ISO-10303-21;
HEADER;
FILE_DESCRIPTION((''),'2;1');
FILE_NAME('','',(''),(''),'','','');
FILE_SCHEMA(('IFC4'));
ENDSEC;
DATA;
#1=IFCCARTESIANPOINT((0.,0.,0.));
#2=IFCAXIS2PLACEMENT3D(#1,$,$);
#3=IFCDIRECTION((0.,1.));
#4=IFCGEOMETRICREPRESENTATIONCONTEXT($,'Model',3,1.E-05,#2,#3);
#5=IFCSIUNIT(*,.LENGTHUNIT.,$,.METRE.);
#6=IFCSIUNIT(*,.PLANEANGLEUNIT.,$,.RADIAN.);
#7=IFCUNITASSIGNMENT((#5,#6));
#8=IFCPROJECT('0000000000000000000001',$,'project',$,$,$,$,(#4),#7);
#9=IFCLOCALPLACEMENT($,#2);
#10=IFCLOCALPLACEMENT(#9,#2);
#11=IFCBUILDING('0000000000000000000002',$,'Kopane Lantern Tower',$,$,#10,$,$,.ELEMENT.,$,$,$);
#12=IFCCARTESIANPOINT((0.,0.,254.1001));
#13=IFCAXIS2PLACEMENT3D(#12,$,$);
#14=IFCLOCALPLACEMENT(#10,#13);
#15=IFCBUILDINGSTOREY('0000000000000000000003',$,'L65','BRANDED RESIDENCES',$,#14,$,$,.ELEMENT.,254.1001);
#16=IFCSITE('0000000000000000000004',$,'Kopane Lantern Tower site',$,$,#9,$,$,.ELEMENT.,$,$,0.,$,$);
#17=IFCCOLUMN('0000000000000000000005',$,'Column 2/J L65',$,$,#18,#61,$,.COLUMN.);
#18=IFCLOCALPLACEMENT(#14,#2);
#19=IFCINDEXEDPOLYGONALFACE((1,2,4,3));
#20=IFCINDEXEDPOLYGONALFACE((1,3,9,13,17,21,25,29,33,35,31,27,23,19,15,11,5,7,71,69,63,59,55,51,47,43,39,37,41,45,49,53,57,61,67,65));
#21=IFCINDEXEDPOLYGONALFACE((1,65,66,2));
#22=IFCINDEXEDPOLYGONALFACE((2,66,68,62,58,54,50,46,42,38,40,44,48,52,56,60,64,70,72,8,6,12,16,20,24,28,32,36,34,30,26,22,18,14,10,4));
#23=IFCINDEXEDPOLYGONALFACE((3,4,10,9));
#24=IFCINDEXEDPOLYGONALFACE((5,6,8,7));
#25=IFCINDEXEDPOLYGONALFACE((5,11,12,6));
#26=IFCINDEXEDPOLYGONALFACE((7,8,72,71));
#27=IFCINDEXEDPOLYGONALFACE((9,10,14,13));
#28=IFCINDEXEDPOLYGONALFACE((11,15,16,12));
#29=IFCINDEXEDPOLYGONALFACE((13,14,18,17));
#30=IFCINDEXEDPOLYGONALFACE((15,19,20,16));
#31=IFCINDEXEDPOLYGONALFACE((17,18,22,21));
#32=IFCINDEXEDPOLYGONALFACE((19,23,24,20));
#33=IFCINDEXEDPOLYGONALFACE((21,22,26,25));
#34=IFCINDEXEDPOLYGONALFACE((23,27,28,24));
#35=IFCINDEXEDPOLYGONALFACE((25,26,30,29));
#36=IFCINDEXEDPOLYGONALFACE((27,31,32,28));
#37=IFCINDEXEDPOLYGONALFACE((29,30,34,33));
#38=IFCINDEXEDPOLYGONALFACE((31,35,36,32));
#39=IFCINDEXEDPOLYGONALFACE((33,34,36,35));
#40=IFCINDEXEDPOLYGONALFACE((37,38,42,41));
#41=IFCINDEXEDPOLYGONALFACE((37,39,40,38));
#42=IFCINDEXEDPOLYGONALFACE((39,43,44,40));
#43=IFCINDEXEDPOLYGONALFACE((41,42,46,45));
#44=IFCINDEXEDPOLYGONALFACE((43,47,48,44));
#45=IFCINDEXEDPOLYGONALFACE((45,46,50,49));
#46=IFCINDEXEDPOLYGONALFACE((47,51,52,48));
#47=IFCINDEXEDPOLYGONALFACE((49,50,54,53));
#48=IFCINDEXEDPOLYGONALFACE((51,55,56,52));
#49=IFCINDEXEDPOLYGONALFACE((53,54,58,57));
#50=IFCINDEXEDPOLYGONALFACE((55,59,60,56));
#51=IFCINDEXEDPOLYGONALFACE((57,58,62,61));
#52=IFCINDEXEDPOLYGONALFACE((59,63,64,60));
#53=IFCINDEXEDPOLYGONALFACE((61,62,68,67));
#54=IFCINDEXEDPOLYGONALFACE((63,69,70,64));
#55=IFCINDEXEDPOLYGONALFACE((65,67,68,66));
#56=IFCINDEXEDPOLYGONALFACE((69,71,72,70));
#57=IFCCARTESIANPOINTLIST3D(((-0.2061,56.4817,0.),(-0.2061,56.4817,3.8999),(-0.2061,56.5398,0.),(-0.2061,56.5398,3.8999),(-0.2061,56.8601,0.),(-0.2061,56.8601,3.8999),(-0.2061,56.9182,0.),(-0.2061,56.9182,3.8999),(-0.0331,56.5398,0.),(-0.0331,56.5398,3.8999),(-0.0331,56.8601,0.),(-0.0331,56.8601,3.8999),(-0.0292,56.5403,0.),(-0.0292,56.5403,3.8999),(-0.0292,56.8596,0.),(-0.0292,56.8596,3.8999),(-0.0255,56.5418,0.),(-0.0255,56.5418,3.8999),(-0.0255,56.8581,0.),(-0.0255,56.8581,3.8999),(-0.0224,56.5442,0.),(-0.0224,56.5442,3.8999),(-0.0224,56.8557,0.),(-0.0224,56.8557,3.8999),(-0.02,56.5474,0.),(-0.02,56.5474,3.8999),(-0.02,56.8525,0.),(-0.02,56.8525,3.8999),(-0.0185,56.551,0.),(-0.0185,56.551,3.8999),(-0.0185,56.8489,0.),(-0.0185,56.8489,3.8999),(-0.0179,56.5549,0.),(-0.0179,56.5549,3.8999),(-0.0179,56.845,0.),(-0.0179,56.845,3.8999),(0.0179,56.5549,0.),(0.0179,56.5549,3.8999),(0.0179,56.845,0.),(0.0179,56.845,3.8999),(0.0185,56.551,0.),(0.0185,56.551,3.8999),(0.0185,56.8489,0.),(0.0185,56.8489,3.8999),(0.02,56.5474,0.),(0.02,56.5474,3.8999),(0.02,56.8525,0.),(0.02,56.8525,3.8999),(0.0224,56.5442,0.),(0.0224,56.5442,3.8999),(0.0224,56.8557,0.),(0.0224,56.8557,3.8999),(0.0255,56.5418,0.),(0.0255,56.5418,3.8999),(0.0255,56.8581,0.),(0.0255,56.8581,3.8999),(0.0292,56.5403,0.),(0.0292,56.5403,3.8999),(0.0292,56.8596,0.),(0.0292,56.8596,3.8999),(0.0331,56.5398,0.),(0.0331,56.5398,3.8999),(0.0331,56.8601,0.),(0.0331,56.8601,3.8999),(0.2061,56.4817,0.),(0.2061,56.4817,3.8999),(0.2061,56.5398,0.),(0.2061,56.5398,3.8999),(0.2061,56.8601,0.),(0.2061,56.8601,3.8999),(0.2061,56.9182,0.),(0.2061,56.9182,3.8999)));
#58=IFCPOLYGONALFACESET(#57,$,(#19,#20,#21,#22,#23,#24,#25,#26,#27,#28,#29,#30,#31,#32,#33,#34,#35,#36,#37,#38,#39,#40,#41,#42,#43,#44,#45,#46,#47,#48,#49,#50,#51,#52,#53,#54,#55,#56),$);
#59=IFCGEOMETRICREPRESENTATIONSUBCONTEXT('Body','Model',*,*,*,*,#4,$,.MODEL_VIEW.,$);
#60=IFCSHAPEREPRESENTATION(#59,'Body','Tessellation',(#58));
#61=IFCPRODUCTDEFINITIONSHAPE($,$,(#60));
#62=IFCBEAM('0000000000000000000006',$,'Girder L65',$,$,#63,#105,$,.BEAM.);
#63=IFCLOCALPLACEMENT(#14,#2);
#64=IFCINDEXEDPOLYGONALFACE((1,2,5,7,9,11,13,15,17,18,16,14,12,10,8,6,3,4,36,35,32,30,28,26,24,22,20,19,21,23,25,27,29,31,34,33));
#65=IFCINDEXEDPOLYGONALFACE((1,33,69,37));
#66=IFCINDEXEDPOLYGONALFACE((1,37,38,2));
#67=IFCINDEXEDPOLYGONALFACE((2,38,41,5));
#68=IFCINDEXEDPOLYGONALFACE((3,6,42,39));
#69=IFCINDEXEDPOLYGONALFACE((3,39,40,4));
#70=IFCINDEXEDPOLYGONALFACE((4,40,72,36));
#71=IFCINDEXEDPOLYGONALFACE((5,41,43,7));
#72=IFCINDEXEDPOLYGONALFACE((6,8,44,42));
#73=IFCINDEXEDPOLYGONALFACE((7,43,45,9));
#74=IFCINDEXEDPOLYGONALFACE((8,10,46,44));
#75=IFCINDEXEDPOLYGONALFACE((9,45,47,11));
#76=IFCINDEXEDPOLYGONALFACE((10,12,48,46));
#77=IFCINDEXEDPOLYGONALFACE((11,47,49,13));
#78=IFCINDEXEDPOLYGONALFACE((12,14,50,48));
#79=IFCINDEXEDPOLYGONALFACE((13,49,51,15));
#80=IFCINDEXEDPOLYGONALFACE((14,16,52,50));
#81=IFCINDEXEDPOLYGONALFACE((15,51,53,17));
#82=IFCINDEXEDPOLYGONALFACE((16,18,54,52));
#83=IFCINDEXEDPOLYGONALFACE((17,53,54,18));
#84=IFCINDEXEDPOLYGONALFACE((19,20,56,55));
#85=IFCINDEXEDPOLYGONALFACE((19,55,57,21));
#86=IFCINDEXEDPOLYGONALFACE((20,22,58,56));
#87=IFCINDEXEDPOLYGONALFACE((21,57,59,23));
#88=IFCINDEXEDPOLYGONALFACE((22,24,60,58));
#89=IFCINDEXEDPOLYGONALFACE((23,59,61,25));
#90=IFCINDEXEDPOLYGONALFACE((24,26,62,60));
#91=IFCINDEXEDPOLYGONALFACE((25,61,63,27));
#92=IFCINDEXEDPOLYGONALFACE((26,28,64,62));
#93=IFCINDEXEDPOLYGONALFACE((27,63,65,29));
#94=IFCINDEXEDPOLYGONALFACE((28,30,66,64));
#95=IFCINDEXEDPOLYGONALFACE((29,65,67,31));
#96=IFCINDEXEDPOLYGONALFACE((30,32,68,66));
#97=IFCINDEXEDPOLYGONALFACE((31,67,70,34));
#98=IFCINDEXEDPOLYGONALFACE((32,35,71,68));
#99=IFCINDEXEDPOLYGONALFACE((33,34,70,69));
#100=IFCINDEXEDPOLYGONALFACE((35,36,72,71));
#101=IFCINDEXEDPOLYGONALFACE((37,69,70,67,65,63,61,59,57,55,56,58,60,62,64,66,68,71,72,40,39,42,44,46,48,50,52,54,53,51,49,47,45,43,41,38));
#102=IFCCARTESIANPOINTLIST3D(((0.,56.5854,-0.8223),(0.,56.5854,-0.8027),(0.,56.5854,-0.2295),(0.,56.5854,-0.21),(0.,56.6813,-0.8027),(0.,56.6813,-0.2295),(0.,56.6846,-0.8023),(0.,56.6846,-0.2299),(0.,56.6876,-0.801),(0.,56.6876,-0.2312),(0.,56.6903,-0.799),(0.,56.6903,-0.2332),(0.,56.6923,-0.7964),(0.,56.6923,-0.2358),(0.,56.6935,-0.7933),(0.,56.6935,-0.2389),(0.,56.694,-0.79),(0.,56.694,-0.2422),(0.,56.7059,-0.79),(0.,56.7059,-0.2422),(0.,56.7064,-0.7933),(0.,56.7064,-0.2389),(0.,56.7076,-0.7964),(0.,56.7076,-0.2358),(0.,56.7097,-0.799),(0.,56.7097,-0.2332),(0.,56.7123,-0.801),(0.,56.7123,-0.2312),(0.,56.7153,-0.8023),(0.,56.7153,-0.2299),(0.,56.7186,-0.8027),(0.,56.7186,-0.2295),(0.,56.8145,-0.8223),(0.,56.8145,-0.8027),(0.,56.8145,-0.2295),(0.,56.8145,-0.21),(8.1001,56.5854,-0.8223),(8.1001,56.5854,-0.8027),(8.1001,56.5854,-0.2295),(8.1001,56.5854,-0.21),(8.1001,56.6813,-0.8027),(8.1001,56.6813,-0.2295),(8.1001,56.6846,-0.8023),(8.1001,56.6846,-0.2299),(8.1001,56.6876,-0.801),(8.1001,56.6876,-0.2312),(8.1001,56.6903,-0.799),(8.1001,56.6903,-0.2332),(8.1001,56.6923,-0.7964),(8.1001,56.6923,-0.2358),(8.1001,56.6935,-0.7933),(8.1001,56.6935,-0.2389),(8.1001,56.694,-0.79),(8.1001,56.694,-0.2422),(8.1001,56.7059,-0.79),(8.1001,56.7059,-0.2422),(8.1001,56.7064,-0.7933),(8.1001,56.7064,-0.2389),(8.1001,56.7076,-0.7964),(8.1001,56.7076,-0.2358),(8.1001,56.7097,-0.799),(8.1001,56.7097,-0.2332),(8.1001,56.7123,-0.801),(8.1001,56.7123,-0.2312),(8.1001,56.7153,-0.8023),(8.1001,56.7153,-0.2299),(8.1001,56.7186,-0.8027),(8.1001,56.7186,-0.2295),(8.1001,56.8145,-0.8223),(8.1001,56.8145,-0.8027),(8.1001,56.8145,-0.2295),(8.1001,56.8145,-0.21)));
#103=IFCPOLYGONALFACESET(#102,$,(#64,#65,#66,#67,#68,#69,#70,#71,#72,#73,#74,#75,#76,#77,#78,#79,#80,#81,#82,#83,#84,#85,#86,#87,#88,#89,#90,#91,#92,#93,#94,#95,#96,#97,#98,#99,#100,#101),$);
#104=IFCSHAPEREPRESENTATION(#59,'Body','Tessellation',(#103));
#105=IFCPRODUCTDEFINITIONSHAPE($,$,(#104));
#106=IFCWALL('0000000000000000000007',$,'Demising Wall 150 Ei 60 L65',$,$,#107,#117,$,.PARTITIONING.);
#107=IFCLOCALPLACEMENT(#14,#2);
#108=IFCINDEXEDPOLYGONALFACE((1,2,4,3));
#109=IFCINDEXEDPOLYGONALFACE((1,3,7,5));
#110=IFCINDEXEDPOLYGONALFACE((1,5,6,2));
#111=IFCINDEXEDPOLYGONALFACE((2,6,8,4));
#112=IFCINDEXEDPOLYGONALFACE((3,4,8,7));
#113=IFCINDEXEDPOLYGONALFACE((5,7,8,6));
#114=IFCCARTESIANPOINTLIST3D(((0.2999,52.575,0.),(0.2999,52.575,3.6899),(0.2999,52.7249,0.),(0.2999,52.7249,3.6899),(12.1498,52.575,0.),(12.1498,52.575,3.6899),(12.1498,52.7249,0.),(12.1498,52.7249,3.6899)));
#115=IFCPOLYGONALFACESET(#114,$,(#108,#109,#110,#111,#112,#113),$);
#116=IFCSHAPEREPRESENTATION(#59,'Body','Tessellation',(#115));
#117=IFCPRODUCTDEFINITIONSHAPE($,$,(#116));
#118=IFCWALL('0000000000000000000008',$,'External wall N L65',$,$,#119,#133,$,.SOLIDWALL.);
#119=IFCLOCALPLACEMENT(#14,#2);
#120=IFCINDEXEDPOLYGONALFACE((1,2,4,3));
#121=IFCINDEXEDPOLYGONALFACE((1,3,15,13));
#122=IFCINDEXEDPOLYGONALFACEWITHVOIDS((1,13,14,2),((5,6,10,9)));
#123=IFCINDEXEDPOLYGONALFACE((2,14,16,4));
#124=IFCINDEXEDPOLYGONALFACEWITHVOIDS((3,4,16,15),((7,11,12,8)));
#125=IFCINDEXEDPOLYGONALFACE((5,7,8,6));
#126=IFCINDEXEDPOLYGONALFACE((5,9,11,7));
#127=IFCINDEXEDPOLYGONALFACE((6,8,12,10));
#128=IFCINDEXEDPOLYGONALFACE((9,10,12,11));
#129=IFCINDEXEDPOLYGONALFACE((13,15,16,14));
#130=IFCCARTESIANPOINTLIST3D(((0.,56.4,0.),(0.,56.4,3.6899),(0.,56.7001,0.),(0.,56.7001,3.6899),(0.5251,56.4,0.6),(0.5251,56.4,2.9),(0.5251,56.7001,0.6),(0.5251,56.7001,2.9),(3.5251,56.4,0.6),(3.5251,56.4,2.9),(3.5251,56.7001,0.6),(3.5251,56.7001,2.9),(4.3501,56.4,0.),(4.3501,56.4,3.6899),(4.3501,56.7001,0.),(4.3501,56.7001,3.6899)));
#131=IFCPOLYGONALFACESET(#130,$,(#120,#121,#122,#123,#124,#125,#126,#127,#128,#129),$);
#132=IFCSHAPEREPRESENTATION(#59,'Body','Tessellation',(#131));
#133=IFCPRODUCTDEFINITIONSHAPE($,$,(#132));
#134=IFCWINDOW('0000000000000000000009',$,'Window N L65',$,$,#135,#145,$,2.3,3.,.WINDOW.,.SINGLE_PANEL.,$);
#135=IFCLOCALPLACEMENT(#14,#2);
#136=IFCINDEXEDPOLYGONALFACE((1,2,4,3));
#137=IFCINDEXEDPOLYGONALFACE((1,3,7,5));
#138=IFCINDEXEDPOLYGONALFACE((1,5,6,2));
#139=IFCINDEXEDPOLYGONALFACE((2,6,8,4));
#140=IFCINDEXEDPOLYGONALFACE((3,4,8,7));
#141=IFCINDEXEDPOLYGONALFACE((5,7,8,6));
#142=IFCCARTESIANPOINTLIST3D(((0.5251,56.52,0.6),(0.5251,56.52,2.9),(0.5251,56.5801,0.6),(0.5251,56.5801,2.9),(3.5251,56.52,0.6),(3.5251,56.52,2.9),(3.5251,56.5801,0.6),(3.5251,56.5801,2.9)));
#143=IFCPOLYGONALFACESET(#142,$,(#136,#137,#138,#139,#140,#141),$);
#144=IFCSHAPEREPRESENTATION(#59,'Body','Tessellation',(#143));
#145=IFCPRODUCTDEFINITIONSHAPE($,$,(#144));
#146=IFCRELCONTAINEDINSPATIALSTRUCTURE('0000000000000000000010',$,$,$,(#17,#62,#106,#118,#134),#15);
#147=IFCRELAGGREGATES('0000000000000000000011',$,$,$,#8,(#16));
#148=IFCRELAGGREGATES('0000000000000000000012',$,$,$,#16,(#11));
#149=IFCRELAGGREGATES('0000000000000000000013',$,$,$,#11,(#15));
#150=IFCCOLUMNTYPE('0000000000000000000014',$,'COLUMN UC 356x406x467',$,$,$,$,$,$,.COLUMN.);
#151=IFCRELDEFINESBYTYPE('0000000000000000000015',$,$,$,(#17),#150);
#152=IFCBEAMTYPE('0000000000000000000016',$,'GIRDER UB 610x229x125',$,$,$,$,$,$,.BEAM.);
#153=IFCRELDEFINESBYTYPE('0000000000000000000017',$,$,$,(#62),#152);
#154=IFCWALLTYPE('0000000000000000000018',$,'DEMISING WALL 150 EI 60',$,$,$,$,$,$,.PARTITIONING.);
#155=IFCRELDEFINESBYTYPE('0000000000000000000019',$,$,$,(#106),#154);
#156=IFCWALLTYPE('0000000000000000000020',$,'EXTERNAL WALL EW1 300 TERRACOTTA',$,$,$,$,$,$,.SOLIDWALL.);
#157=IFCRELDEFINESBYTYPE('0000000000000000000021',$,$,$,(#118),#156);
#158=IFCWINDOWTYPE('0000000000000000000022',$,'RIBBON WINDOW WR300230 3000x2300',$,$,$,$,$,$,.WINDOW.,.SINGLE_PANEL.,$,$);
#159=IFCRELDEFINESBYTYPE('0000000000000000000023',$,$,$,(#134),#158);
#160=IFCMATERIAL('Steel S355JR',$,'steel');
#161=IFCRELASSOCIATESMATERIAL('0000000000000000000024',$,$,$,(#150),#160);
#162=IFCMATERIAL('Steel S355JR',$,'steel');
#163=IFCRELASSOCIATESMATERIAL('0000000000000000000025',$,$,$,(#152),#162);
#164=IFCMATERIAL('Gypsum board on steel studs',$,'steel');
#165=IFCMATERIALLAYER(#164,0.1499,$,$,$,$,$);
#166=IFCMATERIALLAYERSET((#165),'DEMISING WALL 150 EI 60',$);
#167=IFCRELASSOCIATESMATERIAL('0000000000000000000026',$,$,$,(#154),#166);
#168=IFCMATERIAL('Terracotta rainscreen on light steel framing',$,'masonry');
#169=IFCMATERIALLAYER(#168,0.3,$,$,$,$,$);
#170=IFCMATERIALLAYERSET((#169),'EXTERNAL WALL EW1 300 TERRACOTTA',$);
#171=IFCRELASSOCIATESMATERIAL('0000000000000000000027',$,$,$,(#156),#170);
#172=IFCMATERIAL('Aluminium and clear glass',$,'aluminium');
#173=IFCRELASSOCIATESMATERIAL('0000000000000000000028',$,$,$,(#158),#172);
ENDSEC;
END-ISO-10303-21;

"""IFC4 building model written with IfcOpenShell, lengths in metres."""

from ifc_helpers import new_model, si_unit, direction, frame, frame_2d, origin, origin_2d, place, context, subcontext, project, spatial, rectangle, i_section, extrude, material, layer, layer_set, material_profile, profile_set, type_object, element, fill, save


model = new_model("IFC4")

# Units and contexts
model_context = context("Model", 3, precision=1e-05, world=origin(), true_north=direction((0.0, 1.0)))
body_context = subcontext(model_context, "Body", "Model", "MODEL_VIEW")
ifc_project = project(units=[si_unit("LENGTHUNIT", "METRE"), si_unit("PLANEANGLEUNIT", "RADIAN")], contexts=[model_context])

# Site, building, storey
site_placement = place(None, origin())
site = spatial("IfcSite", under=ifc_project, at=site_placement, Name="Kopane Lantern Tower site", CompositionType="ELEMENT", RefElevation=0.0)
building_placement = place(site_placement, origin())
building = spatial("IfcBuilding", under=site, at=building_placement, Name="Kopane Lantern Tower", CompositionType="ELEMENT")
storey_placement = place(building_placement, frame((0.0, 0.0, 254.1001)))
storey = spatial("IfcBuildingStorey", under=building, at=storey_placement, Name="L65", Description="BRANDED RESIDENCES", CompositionType="ELEMENT", Elevation=254.1001)

# Column
ifc_material_1 = material(Name="Steel S355JR", Category="steel")
ifc_material_profile_1 = material_profile(ifc_material_1, i_section(OverallWidth=0.4121, OverallDepth=0.4365, WebThickness=0.0359, FlangeThickness=0.0581, FilletRadius=0.0151, at=origin_2d()), Name="UC 356x406x467")
ifc_profile_set_1 = profile_set([ifc_material_profile_1], Name="Steel S355JR")
column_type = type_object("IfcColumnType", Name="COLUMN UC 356x406x467", PredefinedType="COLUMN", material=ifc_profile_set_1)
column_placement = place(storey_placement, frame((0.0, 56.7, 0.0), z_axis=(0.0, 0.0, 1.0), x_axis=(1.0, 0.0, 0.0)))
element("IfcColumn", 1, at=column_placement, inside=storey, type_object=column_type, Name="Column 2/J L65", PredefinedType="COLUMN", context=body_context, shape_type="SweptSolid", body=[
    extrude(i_section(OverallWidth=0.4121, OverallDepth=0.4365, WebThickness=0.0359, FlangeThickness=0.0581, FilletRadius=0.0151, at=origin_2d()), origin(), (0.0, 0.0, 1.0), 3.8999),
])

# Beam
ifc_material_2 = material(Name="Steel S355JR", Category="steel")
ifc_material_profile_2 = material_profile(ifc_material_2, i_section(OverallWidth=0.229, OverallDepth=0.6123, WebThickness=0.012, FlangeThickness=0.0195, FilletRadius=0.0127, at=origin_2d()), Name="UB 610x229x125")
ifc_profile_set_2 = profile_set([ifc_material_profile_2], Name="Steel S355JR")
beam_type = type_object("IfcBeamType", Name="GIRDER UB 610x229x125", PredefinedType="BEAM", material=ifc_profile_set_2)
beam_placement = place(storey_placement, frame((0.0, 56.7, -0.5161), z_axis=(1.0, 0.0, 0.0), x_axis=(0.0, 1.0, 0.0)))
element("IfcBeam", 2, at=beam_placement, inside=storey, type_object=beam_type, Name="Girder L65", PredefinedType="BEAM", context=body_context, shape_type="SweptSolid", body=[
    extrude(i_section(OverallWidth=0.229, OverallDepth=0.6123, WebThickness=0.012, FlangeThickness=0.0195, FilletRadius=0.0127, at=origin_2d()), origin(), (0.0, 0.0, 1.0), 8.1001),
])

# Wall
ifc_material_3 = material(Name="Gypsum board on steel studs", Category="steel")
ifc_layer_1 = layer(ifc_material_3, 0.1499)
ifc_layer_set_1 = layer_set([ifc_layer_1], Name="DEMISING WALL 150 EI 60")
wall_type_1 = type_object("IfcWallType", Name="DEMISING WALL 150 EI 60", PredefinedType="PARTITIONING", material=ifc_layer_set_1)
wall_1_placement = place(storey_placement, frame((0.3, 52.6499, 0.0), z_axis=(0.0, 0.0, 1.0), x_axis=(1.0, 0.0, 0.0)))
element("IfcWall", 3, at=wall_1_placement, inside=storey, type_object=wall_type_1, Name="Demising Wall 150 Ei 60 L65", PredefinedType="PARTITIONING", context=body_context, shape_type="SweptSolid", body=[
    extrude(rectangle(XDim=11.8499, YDim=0.1499, at=frame_2d((5.9248, 0.0))), origin(), (0.0, 0.0, 1.0), 3.6899),
])

# Wall, opening, window
ifc_material_4 = material(Name="Terracotta rainscreen on light steel framing", Category="masonry")
ifc_layer_2 = layer(ifc_material_4, 0.3)
ifc_layer_set_2 = layer_set([ifc_layer_2], Name="EXTERNAL WALL EW1 300 TERRACOTTA")
wall_type_2 = type_object("IfcWallType", Name="EXTERNAL WALL EW1 300 TERRACOTTA", PredefinedType="SOLIDWALL", material=ifc_layer_set_2)
wall_2_placement = place(storey_placement, frame((4.3501, 56.55, 0.0), z_axis=(0.0, 0.0, 1.0), x_axis=(-1.0, 0.0, 0.0)))
wall_2 = element("IfcWall", 4, at=wall_2_placement, inside=storey, type_object=wall_type_2, Name="External wall N L65", PredefinedType="SOLIDWALL", context=body_context, shape_type="SweptSolid", body=[
    extrude(rectangle(XDim=4.3501, YDim=0.3, at=frame_2d((2.175, 0.0))), origin(), (0.0, 0.0, 1.0), 3.6899),
])
opening_1_placement = place(wall_2_placement, frame((0.825, 0.0, 0.6001)))
opening_1 = element("IfcOpeningElement", 5, at=opening_1_placement, cuts=wall_2, PredefinedType="OPENING", context=body_context, shape_type="SweptSolid", body=[
    extrude(rectangle(XDim=3.0, YDim=2.3, at=frame_2d((1.5, 1.1499))), frame((0.0, 0.1599, 0.0), z_axis=(0.0, -1.0, 0.0), x_axis=(1.0, 0.0, 0.0)), (0.0, 0.0, 1.0), 0.3201),
])
ifc_material_5 = material(Name="Aluminium and clear glass", Category="aluminium")
window_type_1 = type_object("IfcWindowType", Name="RIBBON WINDOW WR300230 3000x2300", PartitioningType="SINGLE_PANEL", PredefinedType="WINDOW", material=ifc_material_5)
window_1_placement = place(opening_1_placement, origin())
window_1 = element("IfcWindow", 6, at=window_1_placement, inside=storey, type_object=window_type_1, Name="Window N L65", OverallHeight=2.3, OverallWidth=3.0, PartitioningType="SINGLE_PANEL", PredefinedType="WINDOW", context=body_context, shape_type="SweptSolid", body=[
    extrude(rectangle(XDim=3.0, YDim=2.3, at=frame_2d((1.5, 1.1499))), frame((0.0, 0.03, 0.0), z_axis=(0.0, -1.0, 0.0), x_axis=(1.0, 0.0, 0.0)), (0.0, 0.0, 1.0), 0.0601),
])
fill(opening_1, window_1)

save(model, "model.ifc")
